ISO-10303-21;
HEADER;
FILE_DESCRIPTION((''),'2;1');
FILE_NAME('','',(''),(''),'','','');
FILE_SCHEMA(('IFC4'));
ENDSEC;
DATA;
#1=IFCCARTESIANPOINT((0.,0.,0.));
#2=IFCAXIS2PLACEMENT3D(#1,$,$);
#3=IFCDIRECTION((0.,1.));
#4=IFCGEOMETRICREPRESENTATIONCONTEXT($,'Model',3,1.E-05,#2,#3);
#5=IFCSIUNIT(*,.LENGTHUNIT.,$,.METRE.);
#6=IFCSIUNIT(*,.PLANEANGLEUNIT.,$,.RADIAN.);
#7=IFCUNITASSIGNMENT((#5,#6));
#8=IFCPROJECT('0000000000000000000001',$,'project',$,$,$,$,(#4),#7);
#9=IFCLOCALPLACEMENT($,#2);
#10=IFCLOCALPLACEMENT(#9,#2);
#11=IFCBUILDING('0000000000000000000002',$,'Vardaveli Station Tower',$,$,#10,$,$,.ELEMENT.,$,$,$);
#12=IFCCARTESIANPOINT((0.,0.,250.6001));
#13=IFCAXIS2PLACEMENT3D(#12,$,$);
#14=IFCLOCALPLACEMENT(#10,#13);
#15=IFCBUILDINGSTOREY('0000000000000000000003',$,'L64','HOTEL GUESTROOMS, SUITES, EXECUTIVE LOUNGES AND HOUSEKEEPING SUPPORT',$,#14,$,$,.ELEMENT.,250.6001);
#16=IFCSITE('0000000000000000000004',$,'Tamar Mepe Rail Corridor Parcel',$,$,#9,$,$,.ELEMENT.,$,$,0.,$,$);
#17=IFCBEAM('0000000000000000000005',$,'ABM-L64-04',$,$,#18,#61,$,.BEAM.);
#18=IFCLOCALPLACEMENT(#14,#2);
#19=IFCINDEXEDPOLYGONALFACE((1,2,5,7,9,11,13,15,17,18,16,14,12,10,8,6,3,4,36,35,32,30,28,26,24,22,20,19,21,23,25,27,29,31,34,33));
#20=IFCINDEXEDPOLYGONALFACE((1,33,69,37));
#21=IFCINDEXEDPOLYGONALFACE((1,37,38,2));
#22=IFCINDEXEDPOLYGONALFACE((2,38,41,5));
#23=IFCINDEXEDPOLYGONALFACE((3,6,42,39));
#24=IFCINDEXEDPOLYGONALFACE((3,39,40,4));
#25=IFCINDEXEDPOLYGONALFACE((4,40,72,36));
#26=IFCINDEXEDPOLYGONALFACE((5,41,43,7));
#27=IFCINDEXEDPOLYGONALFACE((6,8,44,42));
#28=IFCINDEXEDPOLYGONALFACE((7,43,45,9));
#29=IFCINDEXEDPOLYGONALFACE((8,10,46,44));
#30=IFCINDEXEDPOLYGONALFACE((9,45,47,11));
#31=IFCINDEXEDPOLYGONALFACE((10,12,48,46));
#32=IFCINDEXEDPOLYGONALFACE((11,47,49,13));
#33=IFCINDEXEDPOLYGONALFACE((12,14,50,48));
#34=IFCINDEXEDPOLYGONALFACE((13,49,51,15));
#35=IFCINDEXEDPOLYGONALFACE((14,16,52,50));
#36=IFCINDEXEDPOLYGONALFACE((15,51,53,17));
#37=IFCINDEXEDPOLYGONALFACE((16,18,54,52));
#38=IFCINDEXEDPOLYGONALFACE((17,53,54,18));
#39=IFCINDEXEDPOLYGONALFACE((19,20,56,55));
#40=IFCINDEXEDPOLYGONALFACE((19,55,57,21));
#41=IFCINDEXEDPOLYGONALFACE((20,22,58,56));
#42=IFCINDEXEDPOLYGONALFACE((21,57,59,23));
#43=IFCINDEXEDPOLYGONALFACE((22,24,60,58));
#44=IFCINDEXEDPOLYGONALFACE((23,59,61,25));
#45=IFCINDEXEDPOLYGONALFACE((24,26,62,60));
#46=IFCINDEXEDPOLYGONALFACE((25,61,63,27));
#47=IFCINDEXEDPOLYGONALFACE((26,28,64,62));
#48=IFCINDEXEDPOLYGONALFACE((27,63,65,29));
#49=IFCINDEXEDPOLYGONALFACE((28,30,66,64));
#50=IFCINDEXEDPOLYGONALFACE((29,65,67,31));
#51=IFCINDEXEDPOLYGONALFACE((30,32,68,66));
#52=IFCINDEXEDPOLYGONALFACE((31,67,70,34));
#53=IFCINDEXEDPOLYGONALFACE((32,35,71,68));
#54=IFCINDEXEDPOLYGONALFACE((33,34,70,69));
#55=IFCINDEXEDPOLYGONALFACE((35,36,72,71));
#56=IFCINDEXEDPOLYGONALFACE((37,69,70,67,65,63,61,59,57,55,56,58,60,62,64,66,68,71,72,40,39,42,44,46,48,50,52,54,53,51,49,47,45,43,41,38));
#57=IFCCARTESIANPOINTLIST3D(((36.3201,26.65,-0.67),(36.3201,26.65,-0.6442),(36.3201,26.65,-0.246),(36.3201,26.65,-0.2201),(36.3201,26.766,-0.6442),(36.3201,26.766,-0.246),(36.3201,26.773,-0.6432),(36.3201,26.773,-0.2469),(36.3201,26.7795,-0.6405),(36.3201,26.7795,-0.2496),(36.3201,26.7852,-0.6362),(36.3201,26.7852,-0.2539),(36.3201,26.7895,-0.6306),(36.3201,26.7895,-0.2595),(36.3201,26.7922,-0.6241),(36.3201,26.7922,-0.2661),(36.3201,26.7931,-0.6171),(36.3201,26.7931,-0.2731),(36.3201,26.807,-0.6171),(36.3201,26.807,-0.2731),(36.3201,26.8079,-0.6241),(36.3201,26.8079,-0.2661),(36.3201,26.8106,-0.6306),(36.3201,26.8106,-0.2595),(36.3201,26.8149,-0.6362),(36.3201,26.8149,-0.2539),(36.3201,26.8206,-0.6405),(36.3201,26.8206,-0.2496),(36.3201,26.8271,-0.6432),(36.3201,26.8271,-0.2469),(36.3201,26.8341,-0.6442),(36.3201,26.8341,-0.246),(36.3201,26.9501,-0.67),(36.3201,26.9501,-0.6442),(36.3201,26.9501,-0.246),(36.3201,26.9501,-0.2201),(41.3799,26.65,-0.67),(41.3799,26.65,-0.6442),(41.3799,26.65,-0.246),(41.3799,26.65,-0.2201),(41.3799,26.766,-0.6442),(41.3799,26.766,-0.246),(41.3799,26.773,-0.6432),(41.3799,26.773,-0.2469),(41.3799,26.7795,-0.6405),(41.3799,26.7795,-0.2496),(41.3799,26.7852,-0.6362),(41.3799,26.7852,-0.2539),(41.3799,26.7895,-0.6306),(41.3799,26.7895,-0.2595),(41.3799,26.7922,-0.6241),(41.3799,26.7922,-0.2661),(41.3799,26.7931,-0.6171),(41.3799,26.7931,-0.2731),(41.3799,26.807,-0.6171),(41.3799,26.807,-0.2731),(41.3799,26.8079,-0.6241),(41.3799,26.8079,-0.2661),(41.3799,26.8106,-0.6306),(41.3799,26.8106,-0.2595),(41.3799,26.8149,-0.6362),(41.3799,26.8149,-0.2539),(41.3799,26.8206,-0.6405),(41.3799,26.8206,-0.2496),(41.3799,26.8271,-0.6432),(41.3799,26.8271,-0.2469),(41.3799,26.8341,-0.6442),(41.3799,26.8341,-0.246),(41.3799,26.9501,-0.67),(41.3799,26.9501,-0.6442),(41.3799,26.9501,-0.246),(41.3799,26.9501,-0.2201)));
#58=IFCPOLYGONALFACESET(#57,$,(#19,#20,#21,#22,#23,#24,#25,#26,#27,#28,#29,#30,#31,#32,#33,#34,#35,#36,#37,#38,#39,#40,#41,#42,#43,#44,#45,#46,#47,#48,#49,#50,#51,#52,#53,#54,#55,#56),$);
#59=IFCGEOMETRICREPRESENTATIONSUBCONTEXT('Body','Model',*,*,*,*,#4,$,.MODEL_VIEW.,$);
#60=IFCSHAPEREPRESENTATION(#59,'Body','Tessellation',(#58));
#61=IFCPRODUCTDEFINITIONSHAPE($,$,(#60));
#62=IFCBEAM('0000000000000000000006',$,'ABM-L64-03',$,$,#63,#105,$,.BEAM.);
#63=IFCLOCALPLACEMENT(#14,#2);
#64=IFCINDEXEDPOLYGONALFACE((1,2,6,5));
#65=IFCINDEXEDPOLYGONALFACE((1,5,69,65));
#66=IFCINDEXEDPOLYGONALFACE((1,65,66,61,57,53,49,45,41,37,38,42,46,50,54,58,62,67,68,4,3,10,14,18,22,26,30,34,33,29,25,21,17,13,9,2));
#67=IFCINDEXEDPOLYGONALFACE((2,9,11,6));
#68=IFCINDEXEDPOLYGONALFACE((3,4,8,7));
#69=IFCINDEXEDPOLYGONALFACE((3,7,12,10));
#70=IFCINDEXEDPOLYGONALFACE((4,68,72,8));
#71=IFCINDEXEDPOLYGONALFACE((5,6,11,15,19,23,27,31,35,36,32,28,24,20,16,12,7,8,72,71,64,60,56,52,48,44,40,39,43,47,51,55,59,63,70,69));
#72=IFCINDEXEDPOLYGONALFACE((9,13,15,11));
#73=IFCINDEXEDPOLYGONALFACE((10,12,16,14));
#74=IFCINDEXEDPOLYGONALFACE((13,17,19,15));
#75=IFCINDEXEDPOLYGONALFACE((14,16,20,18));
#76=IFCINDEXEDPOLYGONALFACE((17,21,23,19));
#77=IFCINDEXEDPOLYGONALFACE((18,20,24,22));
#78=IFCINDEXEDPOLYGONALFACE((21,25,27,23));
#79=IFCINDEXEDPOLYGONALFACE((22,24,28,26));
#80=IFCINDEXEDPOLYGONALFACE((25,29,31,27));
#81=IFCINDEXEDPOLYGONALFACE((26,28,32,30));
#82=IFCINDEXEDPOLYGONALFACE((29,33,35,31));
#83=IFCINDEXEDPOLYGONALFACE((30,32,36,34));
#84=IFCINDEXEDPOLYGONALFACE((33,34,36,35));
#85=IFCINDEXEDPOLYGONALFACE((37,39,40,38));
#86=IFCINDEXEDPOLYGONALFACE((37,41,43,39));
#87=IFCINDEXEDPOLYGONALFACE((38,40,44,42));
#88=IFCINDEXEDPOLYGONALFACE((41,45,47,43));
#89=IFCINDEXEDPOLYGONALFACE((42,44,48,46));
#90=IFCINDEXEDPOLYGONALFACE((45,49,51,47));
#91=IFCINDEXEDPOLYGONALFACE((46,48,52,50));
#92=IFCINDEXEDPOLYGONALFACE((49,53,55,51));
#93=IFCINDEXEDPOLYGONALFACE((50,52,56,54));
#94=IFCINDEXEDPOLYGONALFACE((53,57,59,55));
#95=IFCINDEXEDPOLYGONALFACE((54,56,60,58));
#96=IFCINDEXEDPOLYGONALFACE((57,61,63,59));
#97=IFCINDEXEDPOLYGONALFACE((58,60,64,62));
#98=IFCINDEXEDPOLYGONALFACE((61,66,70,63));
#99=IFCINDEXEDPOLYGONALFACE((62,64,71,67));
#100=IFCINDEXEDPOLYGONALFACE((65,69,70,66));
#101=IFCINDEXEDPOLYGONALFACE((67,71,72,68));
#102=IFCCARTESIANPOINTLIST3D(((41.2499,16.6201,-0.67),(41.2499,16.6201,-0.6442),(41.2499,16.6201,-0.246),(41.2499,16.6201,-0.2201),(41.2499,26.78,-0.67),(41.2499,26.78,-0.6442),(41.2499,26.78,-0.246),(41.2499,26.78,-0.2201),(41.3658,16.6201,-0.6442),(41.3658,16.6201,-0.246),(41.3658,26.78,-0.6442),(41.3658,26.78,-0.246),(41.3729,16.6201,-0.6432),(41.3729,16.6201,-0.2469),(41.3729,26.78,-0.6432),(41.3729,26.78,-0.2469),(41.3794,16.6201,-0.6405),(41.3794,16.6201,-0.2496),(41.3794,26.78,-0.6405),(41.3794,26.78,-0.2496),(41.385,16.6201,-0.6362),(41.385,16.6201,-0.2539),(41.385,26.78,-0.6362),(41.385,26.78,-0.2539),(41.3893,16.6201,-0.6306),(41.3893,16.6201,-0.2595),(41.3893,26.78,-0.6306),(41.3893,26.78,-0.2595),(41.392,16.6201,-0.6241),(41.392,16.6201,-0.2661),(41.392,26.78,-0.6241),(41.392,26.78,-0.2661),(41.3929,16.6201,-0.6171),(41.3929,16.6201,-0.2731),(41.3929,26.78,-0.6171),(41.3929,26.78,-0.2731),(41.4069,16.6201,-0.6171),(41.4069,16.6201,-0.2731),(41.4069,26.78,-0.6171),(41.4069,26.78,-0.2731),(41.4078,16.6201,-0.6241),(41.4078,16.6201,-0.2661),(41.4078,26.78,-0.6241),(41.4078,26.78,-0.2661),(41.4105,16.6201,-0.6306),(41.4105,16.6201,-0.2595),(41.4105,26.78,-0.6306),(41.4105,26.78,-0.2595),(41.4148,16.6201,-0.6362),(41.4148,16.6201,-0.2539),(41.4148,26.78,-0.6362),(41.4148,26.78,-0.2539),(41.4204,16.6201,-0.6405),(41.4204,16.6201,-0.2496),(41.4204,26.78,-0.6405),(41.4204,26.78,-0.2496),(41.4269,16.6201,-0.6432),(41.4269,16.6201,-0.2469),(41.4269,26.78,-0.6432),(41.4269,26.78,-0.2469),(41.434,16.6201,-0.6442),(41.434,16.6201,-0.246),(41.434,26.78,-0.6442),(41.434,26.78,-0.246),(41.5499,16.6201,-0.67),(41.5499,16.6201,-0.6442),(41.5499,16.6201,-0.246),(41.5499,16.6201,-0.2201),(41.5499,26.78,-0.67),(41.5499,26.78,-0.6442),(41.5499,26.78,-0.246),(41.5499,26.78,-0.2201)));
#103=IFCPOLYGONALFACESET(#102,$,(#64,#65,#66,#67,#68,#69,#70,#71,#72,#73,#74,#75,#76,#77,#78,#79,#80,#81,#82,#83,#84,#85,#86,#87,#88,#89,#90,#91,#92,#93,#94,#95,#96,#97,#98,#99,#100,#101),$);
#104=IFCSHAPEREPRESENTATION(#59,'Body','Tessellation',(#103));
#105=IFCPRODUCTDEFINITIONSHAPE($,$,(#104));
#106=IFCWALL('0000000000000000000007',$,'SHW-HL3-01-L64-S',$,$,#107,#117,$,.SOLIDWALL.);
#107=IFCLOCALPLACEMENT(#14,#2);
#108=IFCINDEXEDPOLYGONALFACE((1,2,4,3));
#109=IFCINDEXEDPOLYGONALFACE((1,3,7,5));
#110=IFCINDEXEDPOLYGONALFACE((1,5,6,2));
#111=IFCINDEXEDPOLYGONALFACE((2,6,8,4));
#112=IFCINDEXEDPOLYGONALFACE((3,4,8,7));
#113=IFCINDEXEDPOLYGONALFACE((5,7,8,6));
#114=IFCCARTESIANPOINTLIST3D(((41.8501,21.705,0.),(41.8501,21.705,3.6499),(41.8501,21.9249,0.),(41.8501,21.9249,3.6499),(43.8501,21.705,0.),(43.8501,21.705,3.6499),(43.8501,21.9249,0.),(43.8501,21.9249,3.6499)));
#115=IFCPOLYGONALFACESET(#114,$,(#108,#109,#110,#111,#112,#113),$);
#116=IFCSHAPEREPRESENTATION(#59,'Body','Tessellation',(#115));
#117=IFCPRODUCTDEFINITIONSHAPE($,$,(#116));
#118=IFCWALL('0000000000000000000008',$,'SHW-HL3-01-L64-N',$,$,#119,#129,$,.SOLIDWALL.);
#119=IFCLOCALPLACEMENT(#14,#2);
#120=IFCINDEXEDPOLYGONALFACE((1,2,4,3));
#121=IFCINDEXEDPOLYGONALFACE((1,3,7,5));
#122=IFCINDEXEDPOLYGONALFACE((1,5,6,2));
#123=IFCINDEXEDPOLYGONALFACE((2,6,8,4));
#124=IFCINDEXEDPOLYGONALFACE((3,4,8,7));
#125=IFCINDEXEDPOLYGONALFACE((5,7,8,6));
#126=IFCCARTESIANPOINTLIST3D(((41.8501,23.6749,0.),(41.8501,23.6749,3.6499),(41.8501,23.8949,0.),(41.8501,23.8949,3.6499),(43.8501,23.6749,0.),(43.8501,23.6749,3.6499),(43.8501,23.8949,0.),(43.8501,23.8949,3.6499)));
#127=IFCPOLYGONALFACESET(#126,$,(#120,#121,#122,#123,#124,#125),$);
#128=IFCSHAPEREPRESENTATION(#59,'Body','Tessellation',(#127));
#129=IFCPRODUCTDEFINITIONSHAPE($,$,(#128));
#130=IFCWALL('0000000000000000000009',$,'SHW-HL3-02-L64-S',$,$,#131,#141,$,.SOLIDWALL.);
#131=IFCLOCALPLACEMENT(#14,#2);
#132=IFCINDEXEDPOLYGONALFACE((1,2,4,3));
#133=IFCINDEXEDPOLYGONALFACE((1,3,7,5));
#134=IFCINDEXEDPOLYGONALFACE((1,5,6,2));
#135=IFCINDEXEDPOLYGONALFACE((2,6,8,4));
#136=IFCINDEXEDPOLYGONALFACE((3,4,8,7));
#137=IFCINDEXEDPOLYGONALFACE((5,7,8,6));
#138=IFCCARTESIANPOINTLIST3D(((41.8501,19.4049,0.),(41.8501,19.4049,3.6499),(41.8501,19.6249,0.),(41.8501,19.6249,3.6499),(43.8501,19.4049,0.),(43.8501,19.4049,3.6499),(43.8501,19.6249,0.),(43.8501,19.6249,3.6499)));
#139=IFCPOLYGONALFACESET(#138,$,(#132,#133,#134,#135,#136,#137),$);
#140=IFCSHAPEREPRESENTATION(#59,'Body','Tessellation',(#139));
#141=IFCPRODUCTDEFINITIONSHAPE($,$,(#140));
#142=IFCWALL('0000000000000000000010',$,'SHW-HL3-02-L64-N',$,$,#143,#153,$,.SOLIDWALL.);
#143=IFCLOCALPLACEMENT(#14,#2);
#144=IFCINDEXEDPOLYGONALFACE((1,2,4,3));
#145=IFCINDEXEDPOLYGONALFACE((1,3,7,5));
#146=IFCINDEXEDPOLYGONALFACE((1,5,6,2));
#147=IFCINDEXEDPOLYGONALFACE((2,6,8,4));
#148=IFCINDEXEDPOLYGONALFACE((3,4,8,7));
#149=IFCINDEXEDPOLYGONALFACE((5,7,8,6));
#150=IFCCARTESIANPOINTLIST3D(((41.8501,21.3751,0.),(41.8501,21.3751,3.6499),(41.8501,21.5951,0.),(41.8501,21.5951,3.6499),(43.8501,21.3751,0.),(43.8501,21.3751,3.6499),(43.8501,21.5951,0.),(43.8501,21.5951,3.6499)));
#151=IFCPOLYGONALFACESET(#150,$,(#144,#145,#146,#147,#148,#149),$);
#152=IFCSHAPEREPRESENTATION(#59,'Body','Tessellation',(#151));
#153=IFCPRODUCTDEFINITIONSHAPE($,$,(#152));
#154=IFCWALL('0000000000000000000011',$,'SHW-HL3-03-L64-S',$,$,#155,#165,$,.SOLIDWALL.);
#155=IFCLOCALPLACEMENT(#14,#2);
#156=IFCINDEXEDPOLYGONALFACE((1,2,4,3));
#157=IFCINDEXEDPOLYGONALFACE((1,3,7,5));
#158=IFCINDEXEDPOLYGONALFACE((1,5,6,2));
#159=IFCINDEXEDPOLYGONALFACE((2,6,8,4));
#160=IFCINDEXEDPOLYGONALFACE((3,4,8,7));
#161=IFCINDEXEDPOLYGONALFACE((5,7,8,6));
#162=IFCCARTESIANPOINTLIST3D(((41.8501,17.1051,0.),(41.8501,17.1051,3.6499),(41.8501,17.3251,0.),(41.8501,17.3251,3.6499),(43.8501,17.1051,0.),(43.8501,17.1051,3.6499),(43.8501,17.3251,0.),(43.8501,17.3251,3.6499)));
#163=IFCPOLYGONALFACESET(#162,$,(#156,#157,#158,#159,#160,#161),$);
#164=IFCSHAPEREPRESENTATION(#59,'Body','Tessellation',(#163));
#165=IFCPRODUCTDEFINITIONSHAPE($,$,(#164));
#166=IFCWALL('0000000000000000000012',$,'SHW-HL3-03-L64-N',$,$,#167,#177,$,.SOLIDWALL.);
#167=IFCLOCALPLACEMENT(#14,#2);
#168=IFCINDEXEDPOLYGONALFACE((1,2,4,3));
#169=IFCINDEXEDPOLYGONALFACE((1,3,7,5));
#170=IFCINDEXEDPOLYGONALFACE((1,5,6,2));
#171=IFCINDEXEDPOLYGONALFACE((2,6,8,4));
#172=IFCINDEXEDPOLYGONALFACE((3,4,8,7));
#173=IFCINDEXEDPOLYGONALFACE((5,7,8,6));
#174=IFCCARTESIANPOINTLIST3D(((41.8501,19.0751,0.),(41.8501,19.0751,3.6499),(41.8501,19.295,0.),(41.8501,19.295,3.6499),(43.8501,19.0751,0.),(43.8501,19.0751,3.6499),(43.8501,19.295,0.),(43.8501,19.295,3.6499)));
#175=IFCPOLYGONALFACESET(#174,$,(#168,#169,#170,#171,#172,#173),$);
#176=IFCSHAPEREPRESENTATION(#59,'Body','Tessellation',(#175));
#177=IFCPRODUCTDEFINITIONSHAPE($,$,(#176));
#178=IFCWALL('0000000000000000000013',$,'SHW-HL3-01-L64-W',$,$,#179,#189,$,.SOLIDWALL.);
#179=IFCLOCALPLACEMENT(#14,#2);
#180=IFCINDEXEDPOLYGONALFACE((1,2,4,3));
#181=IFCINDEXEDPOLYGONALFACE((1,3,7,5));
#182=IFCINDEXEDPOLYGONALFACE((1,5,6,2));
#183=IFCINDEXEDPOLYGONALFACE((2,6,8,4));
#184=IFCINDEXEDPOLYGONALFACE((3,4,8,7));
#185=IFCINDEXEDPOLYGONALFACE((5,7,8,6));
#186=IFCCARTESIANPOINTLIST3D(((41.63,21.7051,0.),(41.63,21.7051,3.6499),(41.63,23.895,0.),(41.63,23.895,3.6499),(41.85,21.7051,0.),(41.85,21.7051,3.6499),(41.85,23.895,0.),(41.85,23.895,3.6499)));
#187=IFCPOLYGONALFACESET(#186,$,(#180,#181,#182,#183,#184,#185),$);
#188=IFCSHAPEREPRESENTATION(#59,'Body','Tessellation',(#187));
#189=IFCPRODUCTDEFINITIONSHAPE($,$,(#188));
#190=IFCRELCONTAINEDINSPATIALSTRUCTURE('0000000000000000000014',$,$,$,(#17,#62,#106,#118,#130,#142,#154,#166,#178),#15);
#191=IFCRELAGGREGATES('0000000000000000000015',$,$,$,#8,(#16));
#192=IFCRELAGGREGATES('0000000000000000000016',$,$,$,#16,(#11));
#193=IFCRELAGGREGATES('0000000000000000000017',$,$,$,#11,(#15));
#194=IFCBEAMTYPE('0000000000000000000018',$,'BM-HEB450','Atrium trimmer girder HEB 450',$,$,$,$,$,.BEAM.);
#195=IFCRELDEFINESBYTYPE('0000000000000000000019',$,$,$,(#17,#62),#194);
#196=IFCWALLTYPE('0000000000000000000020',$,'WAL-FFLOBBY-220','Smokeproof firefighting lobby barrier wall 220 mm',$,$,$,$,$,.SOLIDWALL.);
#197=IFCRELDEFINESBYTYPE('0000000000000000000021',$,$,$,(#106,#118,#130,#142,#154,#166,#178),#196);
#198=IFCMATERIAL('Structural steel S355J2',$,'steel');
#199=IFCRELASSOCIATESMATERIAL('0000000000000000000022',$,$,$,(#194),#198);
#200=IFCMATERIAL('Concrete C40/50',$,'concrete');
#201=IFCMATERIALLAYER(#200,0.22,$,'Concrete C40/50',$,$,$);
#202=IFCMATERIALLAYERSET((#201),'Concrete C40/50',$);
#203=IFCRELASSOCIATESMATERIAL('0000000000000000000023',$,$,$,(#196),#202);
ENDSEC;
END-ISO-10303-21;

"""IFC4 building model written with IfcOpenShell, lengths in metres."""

from ifc_helpers import new_model, si_unit, direction, frame, frame_2d, origin, origin_2d, place, context, subcontext, project, spatial, rectangle, i_section, extrude, source, transform, mapped, material, layer, layer_set, material_profile, profile_set, type_object, element, save


model = new_model("IFC4")

# Units and contexts
model_context = context("Model", 3, precision=1e-05, world=origin(), true_north=direction((0.0, 1.0)))
body_context = subcontext(model_context, "Body", "Model", "MODEL_VIEW")
ifc_project = project(units=[si_unit("LENGTHUNIT", "METRE"), si_unit("PLANEANGLEUNIT", "RADIAN")], contexts=[model_context])

# Site, building, storey
site_placement = place(None, origin())
site = spatial("IfcSite", under=ifc_project, at=site_placement, Name="Tamar Mepe Rail Corridor Parcel", CompositionType="ELEMENT", RefElevation=0.0)
building_placement = place(site_placement, origin())
building = spatial("IfcBuilding", under=site, at=building_placement, Name="Vardaveli Station Tower", CompositionType="ELEMENT")
storey_placement = place(building_placement, frame((0.0, 0.0, 250.6001)))
storey = spatial("IfcBuildingStorey", under=building, at=storey_placement, Name="L64", Description="HOTEL GUESTROOMS, SUITES, EXECUTIVE LOUNGES AND HOUSEKEEPING SUPPORT", CompositionType="ELEMENT", Elevation=250.6001)

# Beams
ifc_material_1 = material(Name="Structural steel S355J2", Category="steel")
ifc_material_profile = material_profile(ifc_material_1, i_section(OverallWidth=0.3, OverallDepth=0.45, WebThickness=0.0139, FlangeThickness=0.0259, FilletRadius=0.0271, at=origin_2d()), Name="HEB 450")
ifc_profile_set = profile_set([ifc_material_profile], Name="Structural steel S355J2")
beam_type = type_object("IfcBeamType", Name="BM-HEB450", Description="Atrium trimmer girder HEB 450", PredefinedType="BEAM", material=ifc_profile_set)
shared_shape_1 = source(origin(), body_context, "Body", "SweptSolid", [
    extrude(i_section(OverallWidth=0.3, OverallDepth=0.45, WebThickness=0.0139, FlangeThickness=0.0259, FilletRadius=0.0271, at=origin_2d()), origin(), (0.0, 0.0, 1.0), 5.0598),
])
beam_1_placement = place(storey_placement, frame((41.3799, 26.8, -0.4451), z_axis=(-1.0, 0.0, 0.0), x_axis=(0.0, -1.0, 0.0)))
element("IfcBeam", 1, at=beam_1_placement, inside=storey, type_object=beam_type, Name="ABM-L64-04", PredefinedType="BEAM", context=body_context, shape_type="MappedRepresentation", body=[
    mapped(shared_shape_1, transform((0.0, 0.0, 0.0), scale=1.0)),
])
shared_shape_2 = source(origin(), body_context, "Body", "SweptSolid", [
    extrude(i_section(OverallWidth=0.3, OverallDepth=0.45, WebThickness=0.0139, FlangeThickness=0.0259, FilletRadius=0.0271, at=origin_2d()), origin(), (0.0, 0.0, 1.0), 10.1599),
])
beam_2_placement = place(storey_placement, frame((41.3999, 16.6201, -0.4451), z_axis=(0.0, 1.0, 0.0), x_axis=(-1.0, 0.0, 0.0)))
element("IfcBeam", 2, at=beam_2_placement, inside=storey, type_object=beam_type, Name="ABM-L64-03", PredefinedType="BEAM", context=body_context, shape_type="MappedRepresentation", body=[
    mapped(shared_shape_2, transform((0.0, 0.0, 0.0), scale=1.0)),
])

# Walls
ifc_material_2 = material(Name="Concrete C40/50", Category="concrete")
ifc_layer_1 = layer(ifc_material_2, 0.22, Name="Concrete C40/50")
ifc_layer_set_1 = layer_set([ifc_layer_1], Name="Concrete C40/50")
wall_type_1 = type_object("IfcWallType", Name="WAL-FFLOBBY-220", Description="Smokeproof firefighting lobby barrier wall 220 mm", PredefinedType="SOLIDWALL", material=ifc_layer_set_1)
shared_shape_3 = source(origin(), body_context, "Body", "SweptSolid", [
    extrude(rectangle(XDim=2.0, YDim=0.22, at=frame_2d((1.0, 0.0))), origin(), (0.0, 0.0, 1.0), 3.6499),
])
for number, where, z_axis, x_axis, name in (
    (3, (41.8501, 21.8149, 0.0), (0.0, 0.0, 1.0), (1.0, 0.0, 0.0), "SHW-HL3-01-L64-S"),
    (4, (41.8501, 23.7849, 0.0), (0.0, 0.0, 1.0), (1.0, 0.0, 0.0), "SHW-HL3-01-L64-N"),
    (5, (41.8501, 19.5149, 0.0), (0.0, 0.0, 1.0), (1.0, 0.0, 0.0), "SHW-HL3-02-L64-S"),
    (6, (41.8501, 21.4851, 0.0), (0.0, 0.0, 1.0), (1.0, 0.0, 0.0), "SHW-HL3-02-L64-N"),
    (7, (41.8501, 17.2151, 0.0), (0.0, 0.0, 1.0), (1.0, 0.0, 0.0), "SHW-HL3-03-L64-S"),
    (8, (41.8501, 19.1851, 0.0), (0.0, 0.0, 1.0), (1.0, 0.0, 0.0), "SHW-HL3-03-L64-N"),
):
    element("IfcWall", number, at=place(storey_placement, frame(where, z_axis=z_axis, x_axis=x_axis)), inside=storey, type_object=wall_type_1, Name=name, PredefinedType="SOLIDWALL", context=body_context, shape_type="MappedRepresentation", body=[
        mapped(shared_shape_3, transform((0.0, 0.0, 0.0), scale=1.0)),
    ])
shared_shape_4 = source(origin(), body_context, "Body", "SweptSolid", [
    extrude(rectangle(XDim=2.1899, YDim=0.22, at=frame_2d((1.095, 0.0))), origin(), (0.0, 0.0, 1.0), 3.6499),
])
wall_1_placement = place(storey_placement, frame((41.74, 21.7051, 0.0), z_axis=(0.0, 0.0, 1.0), x_axis=(0.0, 1.0, 0.0)))
element("IfcWall", 9, at=wall_1_placement, inside=storey, type_object=wall_type_1, Name="SHW-HL3-01-L64-W", PredefinedType="SOLIDWALL", context=body_context, shape_type="MappedRepresentation", body=[
    mapped(shared_shape_4, transform((0.0, 0.0, 0.0), scale=1.0)),
])

save(model, "model.ifc")
